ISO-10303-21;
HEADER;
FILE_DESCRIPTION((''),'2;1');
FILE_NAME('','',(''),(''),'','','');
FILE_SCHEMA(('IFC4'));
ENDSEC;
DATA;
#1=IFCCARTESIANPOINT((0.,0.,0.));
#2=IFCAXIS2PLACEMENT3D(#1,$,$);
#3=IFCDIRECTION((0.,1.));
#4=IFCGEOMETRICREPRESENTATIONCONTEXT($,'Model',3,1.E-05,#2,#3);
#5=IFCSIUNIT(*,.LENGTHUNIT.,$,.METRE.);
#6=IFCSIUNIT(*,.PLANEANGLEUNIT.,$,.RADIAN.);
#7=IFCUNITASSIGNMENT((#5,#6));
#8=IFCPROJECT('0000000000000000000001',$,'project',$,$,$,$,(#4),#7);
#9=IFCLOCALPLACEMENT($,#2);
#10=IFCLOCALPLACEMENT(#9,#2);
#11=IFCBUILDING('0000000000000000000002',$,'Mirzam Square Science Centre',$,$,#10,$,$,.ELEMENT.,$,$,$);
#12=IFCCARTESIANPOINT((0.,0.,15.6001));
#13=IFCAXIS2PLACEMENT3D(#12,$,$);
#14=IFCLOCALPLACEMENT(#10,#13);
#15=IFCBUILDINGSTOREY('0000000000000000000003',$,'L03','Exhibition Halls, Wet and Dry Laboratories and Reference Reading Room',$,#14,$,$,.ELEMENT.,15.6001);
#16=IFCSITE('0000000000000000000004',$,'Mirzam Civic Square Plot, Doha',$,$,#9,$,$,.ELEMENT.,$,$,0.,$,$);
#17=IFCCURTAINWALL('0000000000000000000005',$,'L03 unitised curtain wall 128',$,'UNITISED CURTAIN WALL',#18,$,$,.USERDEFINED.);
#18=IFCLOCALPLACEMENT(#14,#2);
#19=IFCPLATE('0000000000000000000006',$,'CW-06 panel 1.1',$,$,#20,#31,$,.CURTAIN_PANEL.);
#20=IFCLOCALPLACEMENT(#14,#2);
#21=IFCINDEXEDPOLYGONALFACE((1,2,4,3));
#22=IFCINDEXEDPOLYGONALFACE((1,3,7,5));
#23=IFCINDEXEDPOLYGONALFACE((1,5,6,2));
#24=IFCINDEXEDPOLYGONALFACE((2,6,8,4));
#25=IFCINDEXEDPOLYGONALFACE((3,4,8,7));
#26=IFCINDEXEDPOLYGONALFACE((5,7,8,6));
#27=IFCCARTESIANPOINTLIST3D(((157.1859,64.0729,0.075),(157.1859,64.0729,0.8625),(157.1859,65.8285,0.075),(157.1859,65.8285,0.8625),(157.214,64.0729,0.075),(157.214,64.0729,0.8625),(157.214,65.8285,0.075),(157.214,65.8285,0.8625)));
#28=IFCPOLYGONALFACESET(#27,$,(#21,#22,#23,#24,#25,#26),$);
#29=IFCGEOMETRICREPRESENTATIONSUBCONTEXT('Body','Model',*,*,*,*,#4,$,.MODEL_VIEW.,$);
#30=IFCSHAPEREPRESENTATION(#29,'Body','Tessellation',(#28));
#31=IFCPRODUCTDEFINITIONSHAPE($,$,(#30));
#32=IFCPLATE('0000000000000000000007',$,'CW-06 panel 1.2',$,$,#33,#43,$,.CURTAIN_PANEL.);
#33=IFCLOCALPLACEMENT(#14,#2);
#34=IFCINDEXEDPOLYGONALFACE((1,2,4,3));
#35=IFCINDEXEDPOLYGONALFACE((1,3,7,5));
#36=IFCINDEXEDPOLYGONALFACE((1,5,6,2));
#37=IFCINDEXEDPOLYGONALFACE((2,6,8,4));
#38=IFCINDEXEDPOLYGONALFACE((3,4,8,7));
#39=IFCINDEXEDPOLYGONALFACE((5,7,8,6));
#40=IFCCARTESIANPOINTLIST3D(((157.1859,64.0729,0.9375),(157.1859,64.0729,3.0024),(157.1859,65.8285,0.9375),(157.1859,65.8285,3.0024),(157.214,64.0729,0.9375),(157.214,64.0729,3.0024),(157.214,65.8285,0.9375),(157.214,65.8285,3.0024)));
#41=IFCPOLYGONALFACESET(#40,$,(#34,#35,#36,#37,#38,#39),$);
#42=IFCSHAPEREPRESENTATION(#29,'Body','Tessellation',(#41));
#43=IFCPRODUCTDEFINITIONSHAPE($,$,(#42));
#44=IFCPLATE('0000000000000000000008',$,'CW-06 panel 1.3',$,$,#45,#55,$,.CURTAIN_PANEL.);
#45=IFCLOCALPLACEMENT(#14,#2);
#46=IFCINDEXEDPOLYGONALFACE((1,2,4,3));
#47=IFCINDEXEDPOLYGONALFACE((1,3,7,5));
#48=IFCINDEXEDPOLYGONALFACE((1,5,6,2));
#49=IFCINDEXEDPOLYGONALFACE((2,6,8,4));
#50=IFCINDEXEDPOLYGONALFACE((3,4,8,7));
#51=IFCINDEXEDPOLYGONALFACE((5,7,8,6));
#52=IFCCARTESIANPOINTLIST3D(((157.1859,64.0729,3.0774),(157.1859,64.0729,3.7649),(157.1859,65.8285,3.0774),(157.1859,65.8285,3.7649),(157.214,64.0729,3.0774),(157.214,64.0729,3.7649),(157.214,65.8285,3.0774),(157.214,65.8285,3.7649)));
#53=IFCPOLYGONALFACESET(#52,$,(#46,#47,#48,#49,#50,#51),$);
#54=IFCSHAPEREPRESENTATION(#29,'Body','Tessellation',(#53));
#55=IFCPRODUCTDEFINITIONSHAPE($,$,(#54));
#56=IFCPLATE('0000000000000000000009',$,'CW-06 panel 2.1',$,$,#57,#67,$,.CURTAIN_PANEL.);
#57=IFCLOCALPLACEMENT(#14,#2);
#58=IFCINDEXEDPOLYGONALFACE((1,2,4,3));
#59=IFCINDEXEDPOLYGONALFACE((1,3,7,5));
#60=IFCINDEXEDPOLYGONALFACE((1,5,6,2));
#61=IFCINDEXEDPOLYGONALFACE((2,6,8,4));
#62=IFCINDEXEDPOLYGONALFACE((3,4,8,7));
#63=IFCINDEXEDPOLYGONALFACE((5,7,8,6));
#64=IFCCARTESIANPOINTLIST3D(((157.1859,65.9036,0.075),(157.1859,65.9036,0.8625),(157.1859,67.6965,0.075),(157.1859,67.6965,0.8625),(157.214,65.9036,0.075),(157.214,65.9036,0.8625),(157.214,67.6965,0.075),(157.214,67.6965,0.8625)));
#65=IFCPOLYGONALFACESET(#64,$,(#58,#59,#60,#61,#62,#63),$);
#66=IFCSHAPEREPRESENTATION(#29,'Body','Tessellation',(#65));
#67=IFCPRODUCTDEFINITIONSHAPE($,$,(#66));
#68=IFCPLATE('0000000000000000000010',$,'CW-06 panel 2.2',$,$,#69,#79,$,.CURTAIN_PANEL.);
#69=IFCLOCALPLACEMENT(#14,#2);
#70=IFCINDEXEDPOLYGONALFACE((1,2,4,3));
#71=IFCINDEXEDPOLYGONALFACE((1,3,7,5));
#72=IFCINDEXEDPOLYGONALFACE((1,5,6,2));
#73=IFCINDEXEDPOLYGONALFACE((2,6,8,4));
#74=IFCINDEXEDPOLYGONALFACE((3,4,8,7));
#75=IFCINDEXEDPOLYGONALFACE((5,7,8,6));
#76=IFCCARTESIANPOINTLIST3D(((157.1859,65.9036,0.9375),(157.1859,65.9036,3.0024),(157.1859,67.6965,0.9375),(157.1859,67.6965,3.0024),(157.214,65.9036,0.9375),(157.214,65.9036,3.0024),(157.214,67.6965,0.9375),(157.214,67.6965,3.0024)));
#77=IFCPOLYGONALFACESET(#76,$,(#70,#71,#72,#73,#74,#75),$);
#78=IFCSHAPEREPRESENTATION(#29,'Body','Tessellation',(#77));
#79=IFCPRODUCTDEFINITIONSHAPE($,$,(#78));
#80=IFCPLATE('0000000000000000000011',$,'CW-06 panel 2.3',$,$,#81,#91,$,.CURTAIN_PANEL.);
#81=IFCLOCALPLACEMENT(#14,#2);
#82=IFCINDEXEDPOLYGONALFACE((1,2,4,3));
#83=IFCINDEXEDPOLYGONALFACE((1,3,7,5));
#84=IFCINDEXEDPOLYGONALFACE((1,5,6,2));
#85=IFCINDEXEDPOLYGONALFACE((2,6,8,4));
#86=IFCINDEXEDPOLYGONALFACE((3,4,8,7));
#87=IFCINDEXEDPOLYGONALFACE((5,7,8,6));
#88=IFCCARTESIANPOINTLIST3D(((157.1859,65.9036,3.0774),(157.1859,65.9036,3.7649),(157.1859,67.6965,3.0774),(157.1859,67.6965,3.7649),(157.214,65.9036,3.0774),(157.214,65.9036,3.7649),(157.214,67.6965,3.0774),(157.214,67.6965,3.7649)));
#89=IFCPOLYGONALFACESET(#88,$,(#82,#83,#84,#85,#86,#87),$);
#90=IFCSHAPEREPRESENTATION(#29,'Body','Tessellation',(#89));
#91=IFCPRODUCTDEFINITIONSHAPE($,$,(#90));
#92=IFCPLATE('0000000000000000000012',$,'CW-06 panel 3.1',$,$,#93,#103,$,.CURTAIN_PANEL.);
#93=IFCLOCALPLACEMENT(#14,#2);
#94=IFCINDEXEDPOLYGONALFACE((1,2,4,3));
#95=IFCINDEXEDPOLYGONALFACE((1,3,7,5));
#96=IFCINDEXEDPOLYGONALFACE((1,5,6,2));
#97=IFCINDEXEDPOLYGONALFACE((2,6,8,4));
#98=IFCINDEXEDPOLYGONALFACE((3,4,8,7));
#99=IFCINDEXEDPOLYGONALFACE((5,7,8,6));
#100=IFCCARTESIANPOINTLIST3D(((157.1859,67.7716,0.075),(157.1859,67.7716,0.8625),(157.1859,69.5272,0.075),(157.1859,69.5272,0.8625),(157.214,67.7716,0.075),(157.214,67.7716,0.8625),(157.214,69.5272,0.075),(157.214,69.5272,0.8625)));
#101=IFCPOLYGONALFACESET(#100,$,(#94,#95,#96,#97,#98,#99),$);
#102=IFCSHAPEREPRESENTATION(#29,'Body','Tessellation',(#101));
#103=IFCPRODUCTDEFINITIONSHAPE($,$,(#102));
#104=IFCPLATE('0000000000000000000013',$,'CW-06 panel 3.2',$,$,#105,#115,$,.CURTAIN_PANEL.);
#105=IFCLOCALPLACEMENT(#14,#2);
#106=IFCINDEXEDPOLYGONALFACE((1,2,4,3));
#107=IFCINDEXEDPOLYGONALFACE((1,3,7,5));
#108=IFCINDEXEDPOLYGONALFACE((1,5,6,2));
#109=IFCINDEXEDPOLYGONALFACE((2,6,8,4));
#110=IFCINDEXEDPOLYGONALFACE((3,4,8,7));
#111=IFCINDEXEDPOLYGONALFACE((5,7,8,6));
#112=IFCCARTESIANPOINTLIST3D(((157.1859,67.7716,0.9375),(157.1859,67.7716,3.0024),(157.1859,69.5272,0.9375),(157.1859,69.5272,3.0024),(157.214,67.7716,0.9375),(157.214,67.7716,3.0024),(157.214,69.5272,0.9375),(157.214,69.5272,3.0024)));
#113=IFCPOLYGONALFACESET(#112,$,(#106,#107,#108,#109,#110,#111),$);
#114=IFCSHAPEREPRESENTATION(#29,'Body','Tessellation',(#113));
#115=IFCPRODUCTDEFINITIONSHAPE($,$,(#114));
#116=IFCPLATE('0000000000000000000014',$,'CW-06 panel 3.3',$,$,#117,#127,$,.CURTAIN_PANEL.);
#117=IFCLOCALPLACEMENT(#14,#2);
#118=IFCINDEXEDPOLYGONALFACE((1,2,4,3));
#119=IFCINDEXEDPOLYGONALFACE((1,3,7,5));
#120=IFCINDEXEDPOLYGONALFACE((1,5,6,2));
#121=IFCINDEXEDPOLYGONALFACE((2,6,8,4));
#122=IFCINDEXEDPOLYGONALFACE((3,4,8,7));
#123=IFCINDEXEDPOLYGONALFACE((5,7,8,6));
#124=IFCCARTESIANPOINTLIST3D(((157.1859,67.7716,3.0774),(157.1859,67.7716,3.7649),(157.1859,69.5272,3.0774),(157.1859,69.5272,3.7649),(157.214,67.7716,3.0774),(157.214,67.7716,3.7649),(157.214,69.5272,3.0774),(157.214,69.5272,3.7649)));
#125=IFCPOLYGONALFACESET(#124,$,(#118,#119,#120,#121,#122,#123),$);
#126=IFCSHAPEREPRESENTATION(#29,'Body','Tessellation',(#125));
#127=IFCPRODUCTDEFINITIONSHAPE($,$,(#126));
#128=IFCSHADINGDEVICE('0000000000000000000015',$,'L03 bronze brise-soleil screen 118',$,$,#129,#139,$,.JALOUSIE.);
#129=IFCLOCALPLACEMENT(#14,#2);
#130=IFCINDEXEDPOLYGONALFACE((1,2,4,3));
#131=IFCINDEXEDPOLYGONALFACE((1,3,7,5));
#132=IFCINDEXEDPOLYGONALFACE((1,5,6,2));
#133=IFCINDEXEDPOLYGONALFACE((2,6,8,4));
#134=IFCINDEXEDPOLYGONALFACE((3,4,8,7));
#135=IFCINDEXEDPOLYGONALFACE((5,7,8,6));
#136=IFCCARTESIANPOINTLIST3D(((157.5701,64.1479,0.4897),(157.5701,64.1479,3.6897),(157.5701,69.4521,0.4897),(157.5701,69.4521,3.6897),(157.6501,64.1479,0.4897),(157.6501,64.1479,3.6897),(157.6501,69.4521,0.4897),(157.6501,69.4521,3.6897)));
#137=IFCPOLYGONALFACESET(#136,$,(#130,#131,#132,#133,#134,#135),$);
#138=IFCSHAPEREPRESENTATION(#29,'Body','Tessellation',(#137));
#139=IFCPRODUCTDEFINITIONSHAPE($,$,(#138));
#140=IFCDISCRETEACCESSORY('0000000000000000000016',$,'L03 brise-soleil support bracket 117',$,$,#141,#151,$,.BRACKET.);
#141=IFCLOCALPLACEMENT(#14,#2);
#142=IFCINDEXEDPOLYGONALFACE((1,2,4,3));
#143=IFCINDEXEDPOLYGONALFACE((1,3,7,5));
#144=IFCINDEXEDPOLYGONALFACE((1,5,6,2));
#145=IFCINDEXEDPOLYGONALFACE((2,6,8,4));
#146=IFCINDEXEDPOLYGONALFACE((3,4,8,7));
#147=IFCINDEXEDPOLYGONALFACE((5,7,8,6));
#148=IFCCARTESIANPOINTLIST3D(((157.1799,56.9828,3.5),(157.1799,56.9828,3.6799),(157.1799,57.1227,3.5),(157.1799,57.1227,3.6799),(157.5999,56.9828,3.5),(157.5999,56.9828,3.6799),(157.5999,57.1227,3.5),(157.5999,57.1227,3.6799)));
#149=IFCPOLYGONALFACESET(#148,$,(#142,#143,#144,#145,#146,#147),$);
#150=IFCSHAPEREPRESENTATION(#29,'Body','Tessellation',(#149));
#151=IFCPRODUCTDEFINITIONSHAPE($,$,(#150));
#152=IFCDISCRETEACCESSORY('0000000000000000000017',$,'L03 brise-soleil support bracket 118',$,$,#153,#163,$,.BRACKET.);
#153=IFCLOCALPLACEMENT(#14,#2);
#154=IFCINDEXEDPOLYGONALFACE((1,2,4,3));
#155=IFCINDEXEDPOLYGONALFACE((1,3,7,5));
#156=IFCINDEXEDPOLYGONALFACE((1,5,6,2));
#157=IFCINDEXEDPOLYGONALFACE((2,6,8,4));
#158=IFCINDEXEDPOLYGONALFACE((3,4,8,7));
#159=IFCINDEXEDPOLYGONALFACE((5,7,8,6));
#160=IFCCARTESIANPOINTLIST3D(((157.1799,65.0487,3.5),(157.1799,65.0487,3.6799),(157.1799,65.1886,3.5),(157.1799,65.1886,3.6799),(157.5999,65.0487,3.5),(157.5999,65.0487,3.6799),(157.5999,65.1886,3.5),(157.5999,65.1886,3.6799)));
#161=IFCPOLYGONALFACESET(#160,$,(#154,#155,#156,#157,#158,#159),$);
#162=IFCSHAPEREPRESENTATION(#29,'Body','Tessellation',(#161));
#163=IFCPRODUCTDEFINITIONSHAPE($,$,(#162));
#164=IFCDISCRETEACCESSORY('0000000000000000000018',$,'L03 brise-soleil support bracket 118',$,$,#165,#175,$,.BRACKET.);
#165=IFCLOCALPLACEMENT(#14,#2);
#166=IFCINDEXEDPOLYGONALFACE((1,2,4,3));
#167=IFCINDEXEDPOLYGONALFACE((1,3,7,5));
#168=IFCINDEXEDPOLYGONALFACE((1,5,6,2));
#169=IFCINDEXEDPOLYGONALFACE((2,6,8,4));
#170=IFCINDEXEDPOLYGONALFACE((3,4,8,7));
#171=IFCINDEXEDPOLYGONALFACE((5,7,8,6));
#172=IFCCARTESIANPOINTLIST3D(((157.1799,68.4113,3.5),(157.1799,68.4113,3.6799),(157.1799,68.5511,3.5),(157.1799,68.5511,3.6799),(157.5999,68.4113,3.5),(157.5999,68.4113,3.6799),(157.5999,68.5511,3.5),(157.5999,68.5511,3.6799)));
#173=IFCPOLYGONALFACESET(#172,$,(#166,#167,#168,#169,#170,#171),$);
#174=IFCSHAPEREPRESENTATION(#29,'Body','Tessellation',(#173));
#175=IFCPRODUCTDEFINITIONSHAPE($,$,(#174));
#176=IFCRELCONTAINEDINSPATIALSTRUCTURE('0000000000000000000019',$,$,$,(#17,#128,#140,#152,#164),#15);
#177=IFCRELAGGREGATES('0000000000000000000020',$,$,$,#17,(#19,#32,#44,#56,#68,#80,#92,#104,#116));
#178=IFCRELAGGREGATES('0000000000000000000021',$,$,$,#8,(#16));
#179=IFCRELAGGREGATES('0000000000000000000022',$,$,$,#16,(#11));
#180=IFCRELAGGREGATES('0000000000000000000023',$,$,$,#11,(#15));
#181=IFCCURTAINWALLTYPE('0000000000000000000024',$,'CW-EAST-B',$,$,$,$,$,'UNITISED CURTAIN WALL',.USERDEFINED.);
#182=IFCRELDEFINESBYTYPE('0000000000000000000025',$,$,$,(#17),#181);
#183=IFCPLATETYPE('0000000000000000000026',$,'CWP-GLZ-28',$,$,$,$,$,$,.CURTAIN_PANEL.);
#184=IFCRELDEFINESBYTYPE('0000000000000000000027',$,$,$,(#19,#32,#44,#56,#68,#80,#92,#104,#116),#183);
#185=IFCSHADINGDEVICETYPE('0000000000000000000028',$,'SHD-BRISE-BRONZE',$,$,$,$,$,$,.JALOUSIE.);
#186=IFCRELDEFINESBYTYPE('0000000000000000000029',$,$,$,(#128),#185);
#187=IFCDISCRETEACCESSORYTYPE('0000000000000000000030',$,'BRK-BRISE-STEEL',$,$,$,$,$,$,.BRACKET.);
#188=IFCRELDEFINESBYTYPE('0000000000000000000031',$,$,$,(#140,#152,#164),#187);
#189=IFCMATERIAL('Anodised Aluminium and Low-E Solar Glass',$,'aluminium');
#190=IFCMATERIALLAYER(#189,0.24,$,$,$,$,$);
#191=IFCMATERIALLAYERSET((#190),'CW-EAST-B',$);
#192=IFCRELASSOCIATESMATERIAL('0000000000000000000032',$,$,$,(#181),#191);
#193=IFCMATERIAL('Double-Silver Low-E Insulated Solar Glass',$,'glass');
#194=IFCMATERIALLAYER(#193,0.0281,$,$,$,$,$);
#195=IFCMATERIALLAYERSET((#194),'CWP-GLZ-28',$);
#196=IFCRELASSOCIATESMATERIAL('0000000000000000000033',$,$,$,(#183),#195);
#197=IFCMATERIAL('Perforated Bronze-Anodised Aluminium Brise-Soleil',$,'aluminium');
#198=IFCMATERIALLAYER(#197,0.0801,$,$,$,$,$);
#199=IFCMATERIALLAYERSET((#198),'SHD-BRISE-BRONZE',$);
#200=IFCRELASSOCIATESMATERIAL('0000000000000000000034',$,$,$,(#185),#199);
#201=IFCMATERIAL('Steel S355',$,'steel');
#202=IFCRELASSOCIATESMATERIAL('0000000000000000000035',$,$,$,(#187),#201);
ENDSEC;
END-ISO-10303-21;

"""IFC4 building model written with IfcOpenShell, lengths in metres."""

from ifc_helpers import new_model, si_unit, direction, frame, origin, origin_2d, place, context, subcontext, project, spatial, rectangle, extrude, material, layer, layer_set, type_object, element, aggregate, save


model = new_model("IFC4")

# Units and contexts
model_context = context("Model", 3, precision=1e-05, world=origin(), true_north=direction((0.0, 1.0)))
body_context = subcontext(model_context, "Body", "Model", "MODEL_VIEW")
ifc_project = project(units=[si_unit("LENGTHUNIT", "METRE"), si_unit("PLANEANGLEUNIT", "RADIAN")], contexts=[model_context])

# Site, building, storey
site_placement = place(None, origin())
site = spatial("IfcSite", under=ifc_project, at=site_placement, Name="Mirzam Civic Square Plot, Doha", CompositionType="ELEMENT", RefElevation=0.0)
building_placement = place(site_placement, origin())
building = spatial("IfcBuilding", under=site, at=building_placement, Name="Mirzam Square Science Centre", CompositionType="ELEMENT")
storey_placement = place(building_placement, frame((0.0, 0.0, 15.6001)))
storey = spatial("IfcBuildingStorey", under=building, at=storey_placement, Name="L03", Description="Exhibition Halls, Wet and Dry Laboratories and Reference Reading Room", CompositionType="ELEMENT", Elevation=15.6001)

# Shared definitions
ifc_material_1 = material(Name="Steel S355", Category="steel")

# Curtain wall
ifc_material_2 = material(Name="Anodised Aluminium and Low-E Solar Glass", Category="aluminium")
ifc_layer_1 = layer(ifc_material_2, 0.24)
ifc_layer_set_1 = layer_set([ifc_layer_1], Name="CW-EAST-B")
curtain_wall_type = type_object("IfcCurtainWallType", Name="CW-EAST-B", ElementType="UNITISED CURTAIN WALL", PredefinedType="USERDEFINED", material=ifc_layer_set_1)
curtain_wall_placement = place(storey_placement, origin())
curtain_wall = element("IfcCurtainWall", 1, at=curtain_wall_placement, inside=storey, type_object=curtain_wall_type, Name="L03 unitised curtain wall 128", ObjectType="UNITISED CURTAIN WALL", PredefinedType="USERDEFINED")

# Plates
ifc_material_3 = material(Name="Double-Silver Low-E Insulated Solar Glass", Category="glass")
ifc_layer_2 = layer(ifc_material_3, 0.0281)
ifc_layer_set_2 = layer_set([ifc_layer_2], Name="CWP-GLZ-28")
plate_type = type_object("IfcPlateType", Name="CWP-GLZ-28", PredefinedType="CURTAIN_PANEL", material=ifc_layer_set_2)
plate_1_placement = place(storey_placement, frame((157.2, 64.9507, 0.075), z_axis=(0.0, 0.0, 1.0), x_axis=(0.0, 1.0, 0.0)))
plate_1 = element("IfcPlate", 2, at=plate_1_placement, type_object=plate_type, Name="CW-06 panel 1.1", PredefinedType="CURTAIN_PANEL", context=body_context, shape_type="SweptSolid", body=[
    extrude(rectangle(XDim=1.7556, YDim=0.0281, at=origin_2d()), origin(), (0.0, 0.0, 1.0), 0.7876),
])
plate_2_placement = place(storey_placement, frame((157.2, 64.9507, 0.9375), z_axis=(0.0, 0.0, 1.0), x_axis=(0.0, 1.0, 0.0)))
plate_2 = element("IfcPlate", 3, at=plate_2_placement, type_object=plate_type, Name="CW-06 panel 1.2", PredefinedType="CURTAIN_PANEL", context=body_context, shape_type="SweptSolid", body=[
    extrude(rectangle(XDim=1.7556, YDim=0.0281, at=origin_2d()), origin(), (0.0, 0.0, 1.0), 2.0649),
])
plate_3_placement = place(storey_placement, frame((157.2, 64.9507, 3.0774), z_axis=(0.0, 0.0, 1.0), x_axis=(0.0, 1.0, 0.0)))
plate_3 = element("IfcPlate", 4, at=plate_3_placement, type_object=plate_type, Name="CW-06 panel 1.3", PredefinedType="CURTAIN_PANEL", context=body_context, shape_type="SweptSolid", body=[
    extrude(rectangle(XDim=1.7556, YDim=0.0281, at=origin_2d()), origin(), (0.0, 0.0, 1.0), 0.6875),
])
plate_4_placement = place(storey_placement, frame((157.2, 66.8, 0.075), z_axis=(0.0, 0.0, 1.0), x_axis=(0.0, 1.0, 0.0)))
plate_4 = element("IfcPlate", 5, at=plate_4_placement, type_object=plate_type, Name="CW-06 panel 2.1", PredefinedType="CURTAIN_PANEL", context=body_context, shape_type="SweptSolid", body=[
    extrude(rectangle(XDim=1.793, YDim=0.0281, at=origin_2d()), origin(), (0.0, 0.0, 1.0), 0.7876),
])
plate_5_placement = place(storey_placement, frame((157.2, 66.8, 0.9375), z_axis=(0.0, 0.0, 1.0), x_axis=(0.0, 1.0, 0.0)))
plate_5 = element("IfcPlate", 6, at=plate_5_placement, type_object=plate_type, Name="CW-06 panel 2.2", PredefinedType="CURTAIN_PANEL", context=body_context, shape_type="SweptSolid", body=[
    extrude(rectangle(XDim=1.793, YDim=0.0281, at=origin_2d()), origin(), (0.0, 0.0, 1.0), 2.0649),
])
plate_6_placement = place(storey_placement, frame((157.2, 66.8, 3.0774), z_axis=(0.0, 0.0, 1.0), x_axis=(0.0, 1.0, 0.0)))
plate_6 = element("IfcPlate", 7, at=plate_6_placement, type_object=plate_type, Name="CW-06 panel 2.3", PredefinedType="CURTAIN_PANEL", context=body_context, shape_type="SweptSolid", body=[
    extrude(rectangle(XDim=1.793, YDim=0.0281, at=origin_2d()), origin(), (0.0, 0.0, 1.0), 0.6875),
])
plate_7_placement = place(storey_placement, frame((157.2, 68.6494, 0.075), z_axis=(0.0, 0.0, 1.0), x_axis=(0.0, 1.0, 0.0)))
plate_7 = element("IfcPlate", 8, at=plate_7_placement, type_object=plate_type, Name="CW-06 panel 3.1", PredefinedType="CURTAIN_PANEL", context=body_context, shape_type="SweptSolid", body=[
    extrude(rectangle(XDim=1.7556, YDim=0.0281, at=origin_2d()), origin(), (0.0, 0.0, 1.0), 0.7876),
])
plate_8_placement = place(storey_placement, frame((157.2, 68.6494, 0.9375), z_axis=(0.0, 0.0, 1.0), x_axis=(0.0, 1.0, 0.0)))
plate_8 = element("IfcPlate", 9, at=plate_8_placement, type_object=plate_type, Name="CW-06 panel 3.2", PredefinedType="CURTAIN_PANEL", context=body_context, shape_type="SweptSolid", body=[
    extrude(rectangle(XDim=1.7556, YDim=0.0281, at=origin_2d()), origin(), (0.0, 0.0, 1.0), 2.0649),
])
plate_9_placement = place(storey_placement, frame((157.2, 68.6494, 3.0774), z_axis=(0.0, 0.0, 1.0), x_axis=(0.0, 1.0, 0.0)))
plate_9 = element("IfcPlate", 10, at=plate_9_placement, type_object=plate_type, Name="CW-06 panel 3.3", PredefinedType="CURTAIN_PANEL", context=body_context, shape_type="SweptSolid", body=[
    extrude(rectangle(XDim=1.7556, YDim=0.0281, at=origin_2d()), origin(), (0.0, 0.0, 1.0), 0.6875),
])
aggregate(curtain_wall, [plate_1, plate_2, plate_3, plate_4, plate_5, plate_6, plate_7, plate_8, plate_9])

# Shading device
ifc_material_4 = material(Name="Perforated Bronze-Anodised Aluminium Brise-Soleil", Category="aluminium")
ifc_layer_3 = layer(ifc_material_4, 0.0801)
ifc_layer_set_3 = layer_set([ifc_layer_3], Name="SHD-BRISE-BRONZE")
shading_device_type = type_object("IfcShadingDeviceType", Name="SHD-BRISE-BRONZE", PredefinedType="JALOUSIE", material=ifc_layer_set_3)
shading_device_placement = place(storey_placement, frame((157.6101, 66.8, 0.4897), z_axis=(0.0, 0.0, 1.0), x_axis=(0.0, 1.0, 0.0)))
element("IfcShadingDevice", 11, at=shading_device_placement, inside=storey, type_object=shading_device_type, Name="L03 bronze brise-soleil screen 118", PredefinedType="JALOUSIE", context=body_context, shape_type="SweptSolid", body=[
    extrude(rectangle(XDim=5.3042, YDim=0.0801, at=origin_2d()), origin(), (0.0, 0.0, 1.0), 3.2),
])

# Discrete accessories
discrete_accessory_type = type_object("IfcDiscreteAccessoryType", Name="BRK-BRISE-STEEL", PredefinedType="BRACKET", material=ifc_material_1)
for number, where, z_axis, x_axis, name in (
    (12, (157.3899, 57.0527, 3.5), (0.0, 0.0, 1.0), (0.0, 1.0, 0.0), "L03 brise-soleil support bracket 117"),
    (13, (157.3899, 65.1187, 3.5), (0.0, 0.0, 1.0), (0.0, 1.0, 0.0), "L03 brise-soleil support bracket 118"),
    (14, (157.3899, 68.4812, 3.5), (0.0, 0.0, 1.0), (0.0, 1.0, 0.0), "L03 brise-soleil support bracket 118"),
):
    element("IfcDiscreteAccessory", number, at=place(storey_placement, frame(where, z_axis=z_axis, x_axis=x_axis)), inside=storey, type_object=discrete_accessory_type, Name=name, PredefinedType="BRACKET", context=body_context, shape_type="SweptSolid", body=[
        extrude(rectangle(XDim=0.1399, YDim=0.4199, at=origin_2d()), origin(), (0.0, 0.0, 1.0), 0.1799),
    ])

save(model, "model.ifc")
